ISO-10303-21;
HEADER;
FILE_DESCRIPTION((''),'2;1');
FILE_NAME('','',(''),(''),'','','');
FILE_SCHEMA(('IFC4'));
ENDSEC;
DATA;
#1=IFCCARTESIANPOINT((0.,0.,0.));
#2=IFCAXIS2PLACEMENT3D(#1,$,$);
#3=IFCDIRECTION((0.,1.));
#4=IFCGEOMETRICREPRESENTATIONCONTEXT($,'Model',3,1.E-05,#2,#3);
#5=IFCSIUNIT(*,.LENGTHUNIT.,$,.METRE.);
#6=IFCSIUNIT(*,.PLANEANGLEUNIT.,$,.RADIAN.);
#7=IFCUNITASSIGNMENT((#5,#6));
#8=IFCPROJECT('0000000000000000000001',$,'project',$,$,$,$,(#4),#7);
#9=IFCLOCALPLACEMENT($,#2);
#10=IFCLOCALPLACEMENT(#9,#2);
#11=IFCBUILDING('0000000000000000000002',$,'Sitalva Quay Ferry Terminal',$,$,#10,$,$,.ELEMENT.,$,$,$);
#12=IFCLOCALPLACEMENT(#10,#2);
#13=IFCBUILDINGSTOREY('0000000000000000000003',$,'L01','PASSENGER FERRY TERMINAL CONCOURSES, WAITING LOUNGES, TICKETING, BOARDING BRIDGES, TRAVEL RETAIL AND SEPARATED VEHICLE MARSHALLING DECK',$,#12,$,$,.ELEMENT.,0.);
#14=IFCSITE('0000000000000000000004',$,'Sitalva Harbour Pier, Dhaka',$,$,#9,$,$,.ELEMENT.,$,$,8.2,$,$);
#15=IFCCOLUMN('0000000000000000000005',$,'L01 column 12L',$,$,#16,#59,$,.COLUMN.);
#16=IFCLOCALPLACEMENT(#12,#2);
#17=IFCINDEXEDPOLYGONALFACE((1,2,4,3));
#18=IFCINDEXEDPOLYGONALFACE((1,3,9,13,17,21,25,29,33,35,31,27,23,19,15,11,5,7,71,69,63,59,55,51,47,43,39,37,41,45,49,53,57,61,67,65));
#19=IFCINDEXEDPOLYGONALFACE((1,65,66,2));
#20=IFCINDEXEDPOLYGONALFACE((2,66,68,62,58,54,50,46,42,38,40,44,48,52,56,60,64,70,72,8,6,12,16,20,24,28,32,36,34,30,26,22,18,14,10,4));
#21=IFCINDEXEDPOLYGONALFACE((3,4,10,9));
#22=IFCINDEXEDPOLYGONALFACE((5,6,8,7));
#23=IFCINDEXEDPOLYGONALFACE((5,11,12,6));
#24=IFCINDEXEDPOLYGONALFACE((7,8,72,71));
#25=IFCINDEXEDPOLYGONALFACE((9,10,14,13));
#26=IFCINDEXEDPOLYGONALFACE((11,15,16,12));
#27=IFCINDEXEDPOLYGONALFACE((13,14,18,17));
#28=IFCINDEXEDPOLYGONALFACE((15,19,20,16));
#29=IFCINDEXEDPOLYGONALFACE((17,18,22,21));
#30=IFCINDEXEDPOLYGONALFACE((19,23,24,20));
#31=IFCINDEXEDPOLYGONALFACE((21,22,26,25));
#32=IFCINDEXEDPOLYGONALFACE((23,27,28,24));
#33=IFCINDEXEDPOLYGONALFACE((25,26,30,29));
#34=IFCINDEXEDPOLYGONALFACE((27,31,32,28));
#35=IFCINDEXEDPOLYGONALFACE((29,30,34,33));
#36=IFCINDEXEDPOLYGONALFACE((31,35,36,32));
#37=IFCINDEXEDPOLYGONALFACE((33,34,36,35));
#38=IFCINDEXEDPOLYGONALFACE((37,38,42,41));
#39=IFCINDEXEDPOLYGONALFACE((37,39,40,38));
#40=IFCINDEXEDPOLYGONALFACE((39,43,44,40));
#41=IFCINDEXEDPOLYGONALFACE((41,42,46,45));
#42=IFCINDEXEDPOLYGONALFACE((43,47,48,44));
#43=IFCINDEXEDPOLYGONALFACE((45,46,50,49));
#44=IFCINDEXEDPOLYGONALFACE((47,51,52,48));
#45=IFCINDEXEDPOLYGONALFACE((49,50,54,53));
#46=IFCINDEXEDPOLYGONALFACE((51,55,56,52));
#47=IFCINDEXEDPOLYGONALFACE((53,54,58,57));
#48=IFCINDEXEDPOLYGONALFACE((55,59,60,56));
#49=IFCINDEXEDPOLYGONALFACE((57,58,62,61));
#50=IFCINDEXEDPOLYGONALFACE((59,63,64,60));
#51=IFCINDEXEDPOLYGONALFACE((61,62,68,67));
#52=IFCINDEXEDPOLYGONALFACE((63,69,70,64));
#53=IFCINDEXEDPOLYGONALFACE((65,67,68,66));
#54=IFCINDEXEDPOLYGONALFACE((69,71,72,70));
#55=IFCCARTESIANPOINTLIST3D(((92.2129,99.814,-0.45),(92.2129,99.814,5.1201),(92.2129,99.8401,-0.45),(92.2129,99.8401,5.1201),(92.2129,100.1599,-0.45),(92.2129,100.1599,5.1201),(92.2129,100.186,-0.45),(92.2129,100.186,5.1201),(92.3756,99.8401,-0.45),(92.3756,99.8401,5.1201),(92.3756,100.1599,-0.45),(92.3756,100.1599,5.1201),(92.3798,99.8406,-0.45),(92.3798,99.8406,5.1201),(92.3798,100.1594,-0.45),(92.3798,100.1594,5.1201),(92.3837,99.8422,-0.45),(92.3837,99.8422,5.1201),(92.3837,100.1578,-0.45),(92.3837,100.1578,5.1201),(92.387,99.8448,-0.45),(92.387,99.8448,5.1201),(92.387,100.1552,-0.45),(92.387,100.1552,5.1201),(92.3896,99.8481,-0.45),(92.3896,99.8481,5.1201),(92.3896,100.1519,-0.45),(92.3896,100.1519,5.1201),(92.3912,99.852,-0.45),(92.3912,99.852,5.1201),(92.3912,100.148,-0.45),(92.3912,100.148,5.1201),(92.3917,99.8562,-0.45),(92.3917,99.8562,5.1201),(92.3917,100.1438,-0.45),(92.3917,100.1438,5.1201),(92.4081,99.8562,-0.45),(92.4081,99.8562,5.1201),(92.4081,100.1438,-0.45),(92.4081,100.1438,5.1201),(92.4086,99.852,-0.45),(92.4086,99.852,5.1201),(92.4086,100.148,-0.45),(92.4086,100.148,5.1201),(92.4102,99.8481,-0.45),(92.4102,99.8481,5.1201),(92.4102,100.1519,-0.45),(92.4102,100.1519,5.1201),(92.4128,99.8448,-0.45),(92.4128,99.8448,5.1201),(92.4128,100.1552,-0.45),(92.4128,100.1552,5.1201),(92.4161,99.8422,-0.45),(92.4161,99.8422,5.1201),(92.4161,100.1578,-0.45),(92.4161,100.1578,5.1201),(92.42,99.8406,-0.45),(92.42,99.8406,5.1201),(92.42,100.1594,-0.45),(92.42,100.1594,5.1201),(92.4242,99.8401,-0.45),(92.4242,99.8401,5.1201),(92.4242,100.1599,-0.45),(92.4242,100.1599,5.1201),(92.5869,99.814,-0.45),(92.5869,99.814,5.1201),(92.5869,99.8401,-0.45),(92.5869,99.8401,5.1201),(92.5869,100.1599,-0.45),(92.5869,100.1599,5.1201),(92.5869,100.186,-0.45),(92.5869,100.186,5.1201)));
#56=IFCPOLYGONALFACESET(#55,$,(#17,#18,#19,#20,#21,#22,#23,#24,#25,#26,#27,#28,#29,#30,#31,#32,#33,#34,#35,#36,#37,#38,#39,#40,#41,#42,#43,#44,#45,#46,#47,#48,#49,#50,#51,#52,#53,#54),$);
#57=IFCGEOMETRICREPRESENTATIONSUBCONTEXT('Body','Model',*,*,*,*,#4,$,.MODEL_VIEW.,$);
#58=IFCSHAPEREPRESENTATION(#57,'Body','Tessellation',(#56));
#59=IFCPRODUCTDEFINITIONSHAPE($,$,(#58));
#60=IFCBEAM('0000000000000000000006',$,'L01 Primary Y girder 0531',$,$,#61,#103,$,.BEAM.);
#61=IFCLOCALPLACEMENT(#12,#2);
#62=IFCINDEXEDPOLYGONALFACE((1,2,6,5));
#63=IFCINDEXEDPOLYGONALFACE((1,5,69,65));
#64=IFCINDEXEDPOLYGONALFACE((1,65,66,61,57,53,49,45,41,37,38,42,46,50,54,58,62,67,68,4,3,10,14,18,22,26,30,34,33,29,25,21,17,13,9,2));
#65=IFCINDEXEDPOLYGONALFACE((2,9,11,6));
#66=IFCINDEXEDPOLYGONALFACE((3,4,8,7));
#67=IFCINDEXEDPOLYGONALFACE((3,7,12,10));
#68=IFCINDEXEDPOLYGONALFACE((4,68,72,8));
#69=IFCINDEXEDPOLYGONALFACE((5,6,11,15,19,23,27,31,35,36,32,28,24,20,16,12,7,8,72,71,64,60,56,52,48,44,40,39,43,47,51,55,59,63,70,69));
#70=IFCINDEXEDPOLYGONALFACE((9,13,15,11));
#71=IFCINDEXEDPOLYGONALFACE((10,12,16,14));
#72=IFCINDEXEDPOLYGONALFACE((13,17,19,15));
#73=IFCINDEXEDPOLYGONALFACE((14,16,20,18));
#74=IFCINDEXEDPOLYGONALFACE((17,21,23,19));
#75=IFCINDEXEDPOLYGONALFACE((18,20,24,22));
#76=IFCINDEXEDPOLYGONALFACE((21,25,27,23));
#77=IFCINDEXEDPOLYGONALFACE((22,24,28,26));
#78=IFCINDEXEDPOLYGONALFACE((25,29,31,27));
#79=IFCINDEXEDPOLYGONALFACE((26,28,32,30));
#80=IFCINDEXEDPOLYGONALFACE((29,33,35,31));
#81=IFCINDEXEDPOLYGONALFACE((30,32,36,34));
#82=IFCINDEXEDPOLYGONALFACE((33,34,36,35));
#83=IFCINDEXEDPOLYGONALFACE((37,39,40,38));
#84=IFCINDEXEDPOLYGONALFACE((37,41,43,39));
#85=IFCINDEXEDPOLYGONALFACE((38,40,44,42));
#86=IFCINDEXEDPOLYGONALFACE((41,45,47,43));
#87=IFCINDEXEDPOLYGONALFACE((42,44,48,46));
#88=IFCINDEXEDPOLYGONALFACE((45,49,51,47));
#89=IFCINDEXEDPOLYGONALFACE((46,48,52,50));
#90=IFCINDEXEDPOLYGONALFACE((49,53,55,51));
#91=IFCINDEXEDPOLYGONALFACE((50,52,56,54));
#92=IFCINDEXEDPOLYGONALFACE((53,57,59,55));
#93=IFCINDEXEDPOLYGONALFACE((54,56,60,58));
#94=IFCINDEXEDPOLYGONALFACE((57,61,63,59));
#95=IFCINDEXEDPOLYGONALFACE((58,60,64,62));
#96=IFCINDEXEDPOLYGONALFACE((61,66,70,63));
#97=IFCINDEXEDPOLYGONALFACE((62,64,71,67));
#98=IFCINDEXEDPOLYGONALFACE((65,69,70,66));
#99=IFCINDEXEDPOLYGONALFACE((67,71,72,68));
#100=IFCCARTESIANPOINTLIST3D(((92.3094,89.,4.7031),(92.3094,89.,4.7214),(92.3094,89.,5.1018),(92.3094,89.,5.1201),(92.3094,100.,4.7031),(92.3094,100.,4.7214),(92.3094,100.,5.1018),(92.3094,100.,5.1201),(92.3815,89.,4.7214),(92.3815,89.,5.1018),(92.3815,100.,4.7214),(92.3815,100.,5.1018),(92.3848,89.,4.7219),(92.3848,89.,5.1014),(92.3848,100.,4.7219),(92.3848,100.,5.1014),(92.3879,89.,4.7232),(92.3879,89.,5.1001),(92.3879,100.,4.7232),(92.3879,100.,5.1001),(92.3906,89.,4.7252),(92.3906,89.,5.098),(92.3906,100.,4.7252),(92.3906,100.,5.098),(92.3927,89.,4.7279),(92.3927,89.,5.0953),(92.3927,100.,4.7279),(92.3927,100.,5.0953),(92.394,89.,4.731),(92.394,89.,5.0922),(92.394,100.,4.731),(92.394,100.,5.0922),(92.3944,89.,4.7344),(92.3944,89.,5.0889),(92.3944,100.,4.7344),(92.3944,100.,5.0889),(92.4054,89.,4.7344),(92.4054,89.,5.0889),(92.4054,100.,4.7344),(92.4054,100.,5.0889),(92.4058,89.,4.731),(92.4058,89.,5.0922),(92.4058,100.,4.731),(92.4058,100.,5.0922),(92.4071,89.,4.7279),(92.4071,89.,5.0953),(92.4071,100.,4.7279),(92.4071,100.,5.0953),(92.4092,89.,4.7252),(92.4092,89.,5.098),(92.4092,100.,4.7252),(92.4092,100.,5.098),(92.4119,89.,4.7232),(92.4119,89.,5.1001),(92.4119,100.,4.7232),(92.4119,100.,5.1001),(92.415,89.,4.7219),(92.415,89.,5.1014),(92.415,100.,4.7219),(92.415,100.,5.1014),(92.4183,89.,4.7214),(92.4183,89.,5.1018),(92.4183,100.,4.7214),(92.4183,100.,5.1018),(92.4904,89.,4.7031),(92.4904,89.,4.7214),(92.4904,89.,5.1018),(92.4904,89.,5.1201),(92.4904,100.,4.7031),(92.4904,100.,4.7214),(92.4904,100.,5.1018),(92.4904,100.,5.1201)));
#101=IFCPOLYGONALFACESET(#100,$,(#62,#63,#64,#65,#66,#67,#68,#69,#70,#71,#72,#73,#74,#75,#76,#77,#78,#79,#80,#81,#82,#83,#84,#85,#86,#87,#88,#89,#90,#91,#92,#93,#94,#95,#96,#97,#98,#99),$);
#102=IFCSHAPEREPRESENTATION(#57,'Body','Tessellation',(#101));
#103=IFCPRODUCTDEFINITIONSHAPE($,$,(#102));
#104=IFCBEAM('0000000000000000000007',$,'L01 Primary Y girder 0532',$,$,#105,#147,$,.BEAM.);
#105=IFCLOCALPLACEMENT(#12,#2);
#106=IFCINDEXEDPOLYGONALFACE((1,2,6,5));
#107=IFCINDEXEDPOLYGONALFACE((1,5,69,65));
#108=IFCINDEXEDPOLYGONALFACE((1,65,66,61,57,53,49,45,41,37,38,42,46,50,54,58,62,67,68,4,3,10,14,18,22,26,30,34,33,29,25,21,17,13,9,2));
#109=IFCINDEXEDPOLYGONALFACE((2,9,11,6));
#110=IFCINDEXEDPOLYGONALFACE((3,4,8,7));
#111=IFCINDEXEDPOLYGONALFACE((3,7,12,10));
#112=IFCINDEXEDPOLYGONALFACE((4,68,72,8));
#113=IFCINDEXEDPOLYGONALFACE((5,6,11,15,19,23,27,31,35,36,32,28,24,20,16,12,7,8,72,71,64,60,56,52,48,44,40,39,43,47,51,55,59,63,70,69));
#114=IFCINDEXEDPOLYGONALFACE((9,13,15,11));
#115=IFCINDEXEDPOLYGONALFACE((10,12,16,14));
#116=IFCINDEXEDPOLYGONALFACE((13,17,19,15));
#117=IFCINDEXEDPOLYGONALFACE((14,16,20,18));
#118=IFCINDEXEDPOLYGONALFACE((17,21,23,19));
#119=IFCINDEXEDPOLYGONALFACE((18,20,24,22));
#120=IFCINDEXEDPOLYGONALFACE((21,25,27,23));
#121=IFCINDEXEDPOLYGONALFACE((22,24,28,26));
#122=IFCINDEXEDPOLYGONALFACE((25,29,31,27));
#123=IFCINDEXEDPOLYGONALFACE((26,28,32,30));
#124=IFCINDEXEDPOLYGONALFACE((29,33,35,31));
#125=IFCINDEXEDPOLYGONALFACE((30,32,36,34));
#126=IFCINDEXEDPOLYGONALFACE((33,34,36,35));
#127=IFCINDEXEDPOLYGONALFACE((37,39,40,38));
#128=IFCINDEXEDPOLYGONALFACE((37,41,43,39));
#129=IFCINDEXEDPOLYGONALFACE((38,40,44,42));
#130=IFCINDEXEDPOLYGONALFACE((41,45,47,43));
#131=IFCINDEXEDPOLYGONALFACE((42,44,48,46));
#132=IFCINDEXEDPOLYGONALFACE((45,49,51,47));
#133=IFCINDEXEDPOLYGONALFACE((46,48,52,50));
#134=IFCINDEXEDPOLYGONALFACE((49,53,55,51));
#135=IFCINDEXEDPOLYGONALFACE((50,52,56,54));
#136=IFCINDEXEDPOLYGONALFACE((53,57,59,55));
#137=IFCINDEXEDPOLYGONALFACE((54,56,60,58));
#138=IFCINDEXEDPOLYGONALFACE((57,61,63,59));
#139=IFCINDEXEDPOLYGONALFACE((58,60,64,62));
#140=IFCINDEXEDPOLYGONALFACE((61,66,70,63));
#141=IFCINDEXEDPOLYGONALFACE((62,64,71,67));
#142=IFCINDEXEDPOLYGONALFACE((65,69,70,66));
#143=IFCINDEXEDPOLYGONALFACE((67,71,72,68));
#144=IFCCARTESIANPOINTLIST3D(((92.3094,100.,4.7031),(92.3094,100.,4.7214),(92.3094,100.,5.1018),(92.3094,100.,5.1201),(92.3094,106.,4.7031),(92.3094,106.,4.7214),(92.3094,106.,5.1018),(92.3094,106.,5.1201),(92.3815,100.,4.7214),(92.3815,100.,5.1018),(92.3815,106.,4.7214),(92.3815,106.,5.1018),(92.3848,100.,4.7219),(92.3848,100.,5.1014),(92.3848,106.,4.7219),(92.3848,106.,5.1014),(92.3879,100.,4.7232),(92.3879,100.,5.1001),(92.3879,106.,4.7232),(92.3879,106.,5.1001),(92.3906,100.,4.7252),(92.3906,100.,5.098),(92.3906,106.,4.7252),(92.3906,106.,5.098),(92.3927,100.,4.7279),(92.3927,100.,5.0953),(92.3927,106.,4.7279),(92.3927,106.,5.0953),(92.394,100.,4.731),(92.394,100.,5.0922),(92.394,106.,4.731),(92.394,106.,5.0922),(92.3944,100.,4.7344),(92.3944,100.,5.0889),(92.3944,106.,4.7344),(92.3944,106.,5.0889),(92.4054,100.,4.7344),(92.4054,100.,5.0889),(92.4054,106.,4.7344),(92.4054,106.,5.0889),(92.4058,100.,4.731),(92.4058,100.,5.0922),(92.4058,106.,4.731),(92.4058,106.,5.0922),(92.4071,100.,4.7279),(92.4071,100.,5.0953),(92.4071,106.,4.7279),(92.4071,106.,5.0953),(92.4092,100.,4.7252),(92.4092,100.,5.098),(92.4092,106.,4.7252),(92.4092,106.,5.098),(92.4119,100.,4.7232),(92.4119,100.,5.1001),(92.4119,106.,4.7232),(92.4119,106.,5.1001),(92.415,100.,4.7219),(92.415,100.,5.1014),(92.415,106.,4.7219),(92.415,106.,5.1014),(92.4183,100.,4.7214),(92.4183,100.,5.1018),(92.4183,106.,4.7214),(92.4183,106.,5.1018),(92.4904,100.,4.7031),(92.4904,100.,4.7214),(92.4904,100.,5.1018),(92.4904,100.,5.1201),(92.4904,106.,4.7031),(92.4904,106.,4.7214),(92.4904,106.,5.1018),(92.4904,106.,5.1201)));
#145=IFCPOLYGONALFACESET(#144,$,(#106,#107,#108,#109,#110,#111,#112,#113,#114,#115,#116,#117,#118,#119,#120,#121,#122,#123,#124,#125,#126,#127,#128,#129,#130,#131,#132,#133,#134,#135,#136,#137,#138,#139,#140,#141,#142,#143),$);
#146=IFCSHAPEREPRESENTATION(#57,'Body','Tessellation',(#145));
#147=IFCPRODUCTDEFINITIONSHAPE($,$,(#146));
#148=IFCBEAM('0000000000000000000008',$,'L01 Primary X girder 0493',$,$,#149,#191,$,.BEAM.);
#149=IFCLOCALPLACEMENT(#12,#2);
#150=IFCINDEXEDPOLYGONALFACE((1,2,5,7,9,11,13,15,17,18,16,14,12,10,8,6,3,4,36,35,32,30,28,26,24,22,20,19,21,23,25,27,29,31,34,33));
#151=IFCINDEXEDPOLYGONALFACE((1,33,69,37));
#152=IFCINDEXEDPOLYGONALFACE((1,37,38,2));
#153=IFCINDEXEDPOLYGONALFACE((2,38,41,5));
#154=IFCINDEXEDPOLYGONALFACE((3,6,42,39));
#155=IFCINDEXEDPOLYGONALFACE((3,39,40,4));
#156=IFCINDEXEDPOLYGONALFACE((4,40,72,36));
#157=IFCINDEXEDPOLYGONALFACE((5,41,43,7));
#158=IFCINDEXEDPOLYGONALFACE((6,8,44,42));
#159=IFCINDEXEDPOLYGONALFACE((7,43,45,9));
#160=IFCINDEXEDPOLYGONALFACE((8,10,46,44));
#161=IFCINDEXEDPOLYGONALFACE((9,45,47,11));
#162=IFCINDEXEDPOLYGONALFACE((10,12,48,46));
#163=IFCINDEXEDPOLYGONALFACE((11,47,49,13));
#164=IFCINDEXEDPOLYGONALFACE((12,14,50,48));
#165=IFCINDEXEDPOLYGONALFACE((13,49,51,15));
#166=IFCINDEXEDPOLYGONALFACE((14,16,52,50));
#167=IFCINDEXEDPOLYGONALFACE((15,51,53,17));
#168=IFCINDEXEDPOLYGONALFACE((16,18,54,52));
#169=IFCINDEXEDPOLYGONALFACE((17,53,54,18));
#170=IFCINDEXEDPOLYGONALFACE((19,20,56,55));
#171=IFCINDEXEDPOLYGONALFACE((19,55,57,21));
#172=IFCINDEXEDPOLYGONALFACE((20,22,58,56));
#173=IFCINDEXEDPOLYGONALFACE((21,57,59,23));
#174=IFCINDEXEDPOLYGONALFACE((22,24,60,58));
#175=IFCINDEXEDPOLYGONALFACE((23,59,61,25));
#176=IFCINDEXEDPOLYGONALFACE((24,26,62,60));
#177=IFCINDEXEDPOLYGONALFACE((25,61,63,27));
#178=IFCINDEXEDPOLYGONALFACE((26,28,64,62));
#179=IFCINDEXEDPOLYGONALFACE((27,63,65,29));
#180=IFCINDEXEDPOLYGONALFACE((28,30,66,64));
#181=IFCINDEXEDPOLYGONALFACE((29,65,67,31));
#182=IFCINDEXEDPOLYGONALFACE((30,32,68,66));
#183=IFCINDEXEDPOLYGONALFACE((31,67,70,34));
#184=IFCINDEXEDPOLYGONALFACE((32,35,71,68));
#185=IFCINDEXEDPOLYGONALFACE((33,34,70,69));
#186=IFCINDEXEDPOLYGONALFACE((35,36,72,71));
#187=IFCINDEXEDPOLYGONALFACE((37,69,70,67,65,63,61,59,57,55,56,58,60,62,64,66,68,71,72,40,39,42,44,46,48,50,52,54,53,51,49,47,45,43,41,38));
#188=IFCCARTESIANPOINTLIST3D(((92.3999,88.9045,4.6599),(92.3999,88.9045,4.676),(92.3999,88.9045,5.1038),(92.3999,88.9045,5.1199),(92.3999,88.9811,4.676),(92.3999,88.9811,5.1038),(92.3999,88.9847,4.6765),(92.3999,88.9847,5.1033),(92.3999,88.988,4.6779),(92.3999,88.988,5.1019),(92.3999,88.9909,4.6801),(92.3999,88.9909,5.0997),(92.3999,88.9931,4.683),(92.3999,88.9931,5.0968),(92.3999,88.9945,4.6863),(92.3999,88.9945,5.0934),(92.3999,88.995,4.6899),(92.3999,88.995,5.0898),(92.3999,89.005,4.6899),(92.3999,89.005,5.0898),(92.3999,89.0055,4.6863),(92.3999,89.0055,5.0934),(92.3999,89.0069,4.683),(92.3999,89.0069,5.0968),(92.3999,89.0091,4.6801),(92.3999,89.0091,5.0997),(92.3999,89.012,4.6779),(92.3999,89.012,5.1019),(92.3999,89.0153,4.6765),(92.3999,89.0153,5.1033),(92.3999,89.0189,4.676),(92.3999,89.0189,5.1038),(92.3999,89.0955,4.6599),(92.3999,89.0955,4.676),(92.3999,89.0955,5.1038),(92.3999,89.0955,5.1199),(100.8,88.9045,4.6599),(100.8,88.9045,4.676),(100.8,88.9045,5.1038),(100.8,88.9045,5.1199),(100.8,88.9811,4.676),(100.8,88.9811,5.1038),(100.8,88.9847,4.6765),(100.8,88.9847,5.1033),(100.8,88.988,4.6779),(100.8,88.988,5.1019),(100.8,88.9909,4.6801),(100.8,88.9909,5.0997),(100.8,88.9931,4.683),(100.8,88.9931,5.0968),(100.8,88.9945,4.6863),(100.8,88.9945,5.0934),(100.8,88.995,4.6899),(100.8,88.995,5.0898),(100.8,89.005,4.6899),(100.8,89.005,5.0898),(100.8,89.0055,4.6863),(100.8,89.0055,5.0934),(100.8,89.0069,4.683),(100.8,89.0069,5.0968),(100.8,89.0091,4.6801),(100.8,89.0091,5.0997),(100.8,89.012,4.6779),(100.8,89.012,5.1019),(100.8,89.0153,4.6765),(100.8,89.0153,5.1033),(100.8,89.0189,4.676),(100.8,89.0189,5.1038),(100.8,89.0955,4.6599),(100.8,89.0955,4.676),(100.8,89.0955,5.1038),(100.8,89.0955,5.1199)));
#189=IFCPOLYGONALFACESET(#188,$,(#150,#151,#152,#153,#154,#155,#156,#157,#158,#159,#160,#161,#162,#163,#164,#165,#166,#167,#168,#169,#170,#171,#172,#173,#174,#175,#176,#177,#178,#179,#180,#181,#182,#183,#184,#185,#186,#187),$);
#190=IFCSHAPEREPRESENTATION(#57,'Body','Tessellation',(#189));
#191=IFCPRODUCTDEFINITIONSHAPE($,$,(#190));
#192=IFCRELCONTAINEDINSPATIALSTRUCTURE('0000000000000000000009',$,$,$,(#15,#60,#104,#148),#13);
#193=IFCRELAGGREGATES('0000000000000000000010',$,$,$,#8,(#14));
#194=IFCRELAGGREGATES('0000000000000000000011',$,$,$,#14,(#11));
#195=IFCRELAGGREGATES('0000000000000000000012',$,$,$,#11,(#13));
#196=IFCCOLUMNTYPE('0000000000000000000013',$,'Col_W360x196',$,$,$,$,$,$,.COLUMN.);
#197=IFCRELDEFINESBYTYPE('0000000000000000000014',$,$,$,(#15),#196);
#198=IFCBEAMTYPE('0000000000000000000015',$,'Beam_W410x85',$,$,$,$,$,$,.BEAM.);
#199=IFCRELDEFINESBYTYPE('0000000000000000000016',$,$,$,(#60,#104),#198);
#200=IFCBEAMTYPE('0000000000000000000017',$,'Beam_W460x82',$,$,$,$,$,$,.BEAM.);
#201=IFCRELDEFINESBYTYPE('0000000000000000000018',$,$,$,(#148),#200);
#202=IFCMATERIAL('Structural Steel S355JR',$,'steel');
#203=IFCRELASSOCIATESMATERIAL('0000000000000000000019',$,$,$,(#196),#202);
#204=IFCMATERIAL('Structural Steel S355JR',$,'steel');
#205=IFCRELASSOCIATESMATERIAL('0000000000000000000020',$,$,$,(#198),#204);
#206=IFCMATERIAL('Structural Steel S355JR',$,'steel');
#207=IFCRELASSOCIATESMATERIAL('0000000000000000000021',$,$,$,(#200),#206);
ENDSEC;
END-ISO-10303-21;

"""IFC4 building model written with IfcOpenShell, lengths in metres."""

from ifc_helpers import new_model, si_unit, direction, frame, origin, origin_2d, place, context, subcontext, project, spatial, i_section, extrude, material, material_profile, profile_set, type_object, element, save


model = new_model("IFC4")

# Units and contexts
model_context = context("Model", 3, precision=1e-05, world=origin(), true_north=direction((0.0, 1.0)))
body_context = subcontext(model_context, "Body", "Model", "MODEL_VIEW")
ifc_project = project(units=[si_unit("LENGTHUNIT", "METRE"), si_unit("PLANEANGLEUNIT", "RADIAN")], contexts=[model_context])

# Site, building, storey
site_placement = place(None, origin())
site = spatial("IfcSite", under=ifc_project, at=site_placement, Name="Sitalva Harbour Pier, Dhaka", CompositionType="ELEMENT", RefElevation=8.2)
building_placement = place(site_placement, origin())
building = spatial("IfcBuilding", under=site, at=building_placement, Name="Sitalva Quay Ferry Terminal", CompositionType="ELEMENT")
storey_placement = place(building_placement, origin())
storey = spatial("IfcBuildingStorey", under=building, at=storey_placement, Name="L01", Description="PASSENGER FERRY TERMINAL CONCOURSES, WAITING LOUNGES, TICKETING, BOARDING BRIDGES, TRAVEL RETAIL AND SEPARATED VEHICLE MARSHALLING DECK", CompositionType="ELEMENT", Elevation=0.0)

# Column
ifc_material_1 = material(Name="Structural Steel S355JR", Category="steel")
ifc_material_profile_1 = material_profile(ifc_material_1, i_section(OverallWidth=0.374, OverallDepth=0.3721, WebThickness=0.0164, FlangeThickness=0.0261, FilletRadius=0.0161, at=origin_2d()), Name="W360x196")
ifc_profile_set_1 = profile_set([ifc_material_profile_1], Name="Structural Steel S355JR")
column_type = type_object("IfcColumnType", Name="Col_W360x196", PredefinedType="COLUMN", material=ifc_profile_set_1)
for number, where, z_axis, x_axis, name in (
    (1, (92.3999, 100.0, -0.45), (0.0, 0.0, 1.0), (1.0, 0.0, 0.0), "L01 column 12L"),
):
    element("IfcColumn", number, at=place(storey_placement, frame(where, z_axis=z_axis, x_axis=x_axis)), inside=storey, type_object=column_type, Name=name, PredefinedType="COLUMN", context=body_context, shape_type="SweptSolid", body=[
        extrude(i_section(OverallWidth=0.374, OverallDepth=0.3721, WebThickness=0.0164, FlangeThickness=0.0261, FilletRadius=0.0161, at=origin_2d()), origin(), (0.0, 0.0, 1.0), 5.5701),
    ])

# Beams
ifc_material_2 = material(Name="Structural Steel S355JR", Category="steel")
ifc_material_profile_2 = material_profile(ifc_material_2, i_section(OverallWidth=0.1809, OverallDepth=0.417, WebThickness=0.011, FlangeThickness=0.0183, FilletRadius=0.0129, at=origin_2d()), Name="W410x85")
ifc_profile_set_2 = profile_set([ifc_material_profile_2], Name="Structural Steel S355JR")
beam_type_1 = type_object("IfcBeamType", Name="Beam_W410x85", PredefinedType="BEAM", material=ifc_profile_set_2)
beam_1_placement = place(storey_placement, frame((92.3999, 89.0, 4.9116), z_axis=(0.0, 1.0, 0.0), x_axis=(-1.0, 0.0, 0.0)))
element("IfcBeam", 2, at=beam_1_placement, inside=storey, type_object=beam_type_1, Name="L01 Primary Y girder 0531", PredefinedType="BEAM", context=body_context, shape_type="SweptSolid", body=[
    extrude(i_section(OverallWidth=0.1809, OverallDepth=0.417, WebThickness=0.011, FlangeThickness=0.0183, FilletRadius=0.0129, at=origin_2d()), origin(), (0.0, 0.0, 1.0), 11.0),
])
beam_2_placement = place(storey_placement, frame((92.3999, 100.0, 4.9116), z_axis=(0.0, 1.0, 0.0), x_axis=(-1.0, 0.0, 0.0)))
element("IfcBeam", 3, at=beam_2_placement, inside=storey, type_object=beam_type_1, Name="L01 Primary Y girder 0532", PredefinedType="BEAM", context=body_context, shape_type="SweptSolid", body=[
    extrude(i_section(OverallWidth=0.1809, OverallDepth=0.417, WebThickness=0.011, FlangeThickness=0.0183, FilletRadius=0.0129, at=origin_2d()), origin(), (0.0, 0.0, 1.0), 6.0),
])
ifc_material_3 = material(Name="Structural Steel S355JR", Category="steel")
ifc_material_profile_3 = material_profile(ifc_material_3, i_section(OverallWidth=0.1909, OverallDepth=0.46, WebThickness=0.01, FlangeThickness=0.0161, FilletRadius=0.0139, at=origin_2d()), Name="W460x82")
ifc_profile_set_3 = profile_set([ifc_material_profile_3], Name="Structural Steel S355JR")
beam_type_2 = type_object("IfcBeamType", Name="Beam_W460x82", PredefinedType="BEAM", material=ifc_profile_set_3)
for number, where, z_axis, x_axis, name in (
    (4, (92.3999, 89.0, 4.8899), (1.0, 0.0, 0.0), (0.0, 1.0, 0.0), "L01 Primary X girder 0493"),
):
    element("IfcBeam", number, at=place(storey_placement, frame(where, z_axis=z_axis, x_axis=x_axis)), inside=storey, type_object=beam_type_2, Name=name, PredefinedType="BEAM", context=body_context, shape_type="SweptSolid", body=[
        extrude(i_section(OverallWidth=0.1909, OverallDepth=0.46, WebThickness=0.01, FlangeThickness=0.0161, FilletRadius=0.0139, at=origin_2d()), origin(), (0.0, 0.0, 1.0), 8.4001),
    ])

save(model, "model.ifc")
